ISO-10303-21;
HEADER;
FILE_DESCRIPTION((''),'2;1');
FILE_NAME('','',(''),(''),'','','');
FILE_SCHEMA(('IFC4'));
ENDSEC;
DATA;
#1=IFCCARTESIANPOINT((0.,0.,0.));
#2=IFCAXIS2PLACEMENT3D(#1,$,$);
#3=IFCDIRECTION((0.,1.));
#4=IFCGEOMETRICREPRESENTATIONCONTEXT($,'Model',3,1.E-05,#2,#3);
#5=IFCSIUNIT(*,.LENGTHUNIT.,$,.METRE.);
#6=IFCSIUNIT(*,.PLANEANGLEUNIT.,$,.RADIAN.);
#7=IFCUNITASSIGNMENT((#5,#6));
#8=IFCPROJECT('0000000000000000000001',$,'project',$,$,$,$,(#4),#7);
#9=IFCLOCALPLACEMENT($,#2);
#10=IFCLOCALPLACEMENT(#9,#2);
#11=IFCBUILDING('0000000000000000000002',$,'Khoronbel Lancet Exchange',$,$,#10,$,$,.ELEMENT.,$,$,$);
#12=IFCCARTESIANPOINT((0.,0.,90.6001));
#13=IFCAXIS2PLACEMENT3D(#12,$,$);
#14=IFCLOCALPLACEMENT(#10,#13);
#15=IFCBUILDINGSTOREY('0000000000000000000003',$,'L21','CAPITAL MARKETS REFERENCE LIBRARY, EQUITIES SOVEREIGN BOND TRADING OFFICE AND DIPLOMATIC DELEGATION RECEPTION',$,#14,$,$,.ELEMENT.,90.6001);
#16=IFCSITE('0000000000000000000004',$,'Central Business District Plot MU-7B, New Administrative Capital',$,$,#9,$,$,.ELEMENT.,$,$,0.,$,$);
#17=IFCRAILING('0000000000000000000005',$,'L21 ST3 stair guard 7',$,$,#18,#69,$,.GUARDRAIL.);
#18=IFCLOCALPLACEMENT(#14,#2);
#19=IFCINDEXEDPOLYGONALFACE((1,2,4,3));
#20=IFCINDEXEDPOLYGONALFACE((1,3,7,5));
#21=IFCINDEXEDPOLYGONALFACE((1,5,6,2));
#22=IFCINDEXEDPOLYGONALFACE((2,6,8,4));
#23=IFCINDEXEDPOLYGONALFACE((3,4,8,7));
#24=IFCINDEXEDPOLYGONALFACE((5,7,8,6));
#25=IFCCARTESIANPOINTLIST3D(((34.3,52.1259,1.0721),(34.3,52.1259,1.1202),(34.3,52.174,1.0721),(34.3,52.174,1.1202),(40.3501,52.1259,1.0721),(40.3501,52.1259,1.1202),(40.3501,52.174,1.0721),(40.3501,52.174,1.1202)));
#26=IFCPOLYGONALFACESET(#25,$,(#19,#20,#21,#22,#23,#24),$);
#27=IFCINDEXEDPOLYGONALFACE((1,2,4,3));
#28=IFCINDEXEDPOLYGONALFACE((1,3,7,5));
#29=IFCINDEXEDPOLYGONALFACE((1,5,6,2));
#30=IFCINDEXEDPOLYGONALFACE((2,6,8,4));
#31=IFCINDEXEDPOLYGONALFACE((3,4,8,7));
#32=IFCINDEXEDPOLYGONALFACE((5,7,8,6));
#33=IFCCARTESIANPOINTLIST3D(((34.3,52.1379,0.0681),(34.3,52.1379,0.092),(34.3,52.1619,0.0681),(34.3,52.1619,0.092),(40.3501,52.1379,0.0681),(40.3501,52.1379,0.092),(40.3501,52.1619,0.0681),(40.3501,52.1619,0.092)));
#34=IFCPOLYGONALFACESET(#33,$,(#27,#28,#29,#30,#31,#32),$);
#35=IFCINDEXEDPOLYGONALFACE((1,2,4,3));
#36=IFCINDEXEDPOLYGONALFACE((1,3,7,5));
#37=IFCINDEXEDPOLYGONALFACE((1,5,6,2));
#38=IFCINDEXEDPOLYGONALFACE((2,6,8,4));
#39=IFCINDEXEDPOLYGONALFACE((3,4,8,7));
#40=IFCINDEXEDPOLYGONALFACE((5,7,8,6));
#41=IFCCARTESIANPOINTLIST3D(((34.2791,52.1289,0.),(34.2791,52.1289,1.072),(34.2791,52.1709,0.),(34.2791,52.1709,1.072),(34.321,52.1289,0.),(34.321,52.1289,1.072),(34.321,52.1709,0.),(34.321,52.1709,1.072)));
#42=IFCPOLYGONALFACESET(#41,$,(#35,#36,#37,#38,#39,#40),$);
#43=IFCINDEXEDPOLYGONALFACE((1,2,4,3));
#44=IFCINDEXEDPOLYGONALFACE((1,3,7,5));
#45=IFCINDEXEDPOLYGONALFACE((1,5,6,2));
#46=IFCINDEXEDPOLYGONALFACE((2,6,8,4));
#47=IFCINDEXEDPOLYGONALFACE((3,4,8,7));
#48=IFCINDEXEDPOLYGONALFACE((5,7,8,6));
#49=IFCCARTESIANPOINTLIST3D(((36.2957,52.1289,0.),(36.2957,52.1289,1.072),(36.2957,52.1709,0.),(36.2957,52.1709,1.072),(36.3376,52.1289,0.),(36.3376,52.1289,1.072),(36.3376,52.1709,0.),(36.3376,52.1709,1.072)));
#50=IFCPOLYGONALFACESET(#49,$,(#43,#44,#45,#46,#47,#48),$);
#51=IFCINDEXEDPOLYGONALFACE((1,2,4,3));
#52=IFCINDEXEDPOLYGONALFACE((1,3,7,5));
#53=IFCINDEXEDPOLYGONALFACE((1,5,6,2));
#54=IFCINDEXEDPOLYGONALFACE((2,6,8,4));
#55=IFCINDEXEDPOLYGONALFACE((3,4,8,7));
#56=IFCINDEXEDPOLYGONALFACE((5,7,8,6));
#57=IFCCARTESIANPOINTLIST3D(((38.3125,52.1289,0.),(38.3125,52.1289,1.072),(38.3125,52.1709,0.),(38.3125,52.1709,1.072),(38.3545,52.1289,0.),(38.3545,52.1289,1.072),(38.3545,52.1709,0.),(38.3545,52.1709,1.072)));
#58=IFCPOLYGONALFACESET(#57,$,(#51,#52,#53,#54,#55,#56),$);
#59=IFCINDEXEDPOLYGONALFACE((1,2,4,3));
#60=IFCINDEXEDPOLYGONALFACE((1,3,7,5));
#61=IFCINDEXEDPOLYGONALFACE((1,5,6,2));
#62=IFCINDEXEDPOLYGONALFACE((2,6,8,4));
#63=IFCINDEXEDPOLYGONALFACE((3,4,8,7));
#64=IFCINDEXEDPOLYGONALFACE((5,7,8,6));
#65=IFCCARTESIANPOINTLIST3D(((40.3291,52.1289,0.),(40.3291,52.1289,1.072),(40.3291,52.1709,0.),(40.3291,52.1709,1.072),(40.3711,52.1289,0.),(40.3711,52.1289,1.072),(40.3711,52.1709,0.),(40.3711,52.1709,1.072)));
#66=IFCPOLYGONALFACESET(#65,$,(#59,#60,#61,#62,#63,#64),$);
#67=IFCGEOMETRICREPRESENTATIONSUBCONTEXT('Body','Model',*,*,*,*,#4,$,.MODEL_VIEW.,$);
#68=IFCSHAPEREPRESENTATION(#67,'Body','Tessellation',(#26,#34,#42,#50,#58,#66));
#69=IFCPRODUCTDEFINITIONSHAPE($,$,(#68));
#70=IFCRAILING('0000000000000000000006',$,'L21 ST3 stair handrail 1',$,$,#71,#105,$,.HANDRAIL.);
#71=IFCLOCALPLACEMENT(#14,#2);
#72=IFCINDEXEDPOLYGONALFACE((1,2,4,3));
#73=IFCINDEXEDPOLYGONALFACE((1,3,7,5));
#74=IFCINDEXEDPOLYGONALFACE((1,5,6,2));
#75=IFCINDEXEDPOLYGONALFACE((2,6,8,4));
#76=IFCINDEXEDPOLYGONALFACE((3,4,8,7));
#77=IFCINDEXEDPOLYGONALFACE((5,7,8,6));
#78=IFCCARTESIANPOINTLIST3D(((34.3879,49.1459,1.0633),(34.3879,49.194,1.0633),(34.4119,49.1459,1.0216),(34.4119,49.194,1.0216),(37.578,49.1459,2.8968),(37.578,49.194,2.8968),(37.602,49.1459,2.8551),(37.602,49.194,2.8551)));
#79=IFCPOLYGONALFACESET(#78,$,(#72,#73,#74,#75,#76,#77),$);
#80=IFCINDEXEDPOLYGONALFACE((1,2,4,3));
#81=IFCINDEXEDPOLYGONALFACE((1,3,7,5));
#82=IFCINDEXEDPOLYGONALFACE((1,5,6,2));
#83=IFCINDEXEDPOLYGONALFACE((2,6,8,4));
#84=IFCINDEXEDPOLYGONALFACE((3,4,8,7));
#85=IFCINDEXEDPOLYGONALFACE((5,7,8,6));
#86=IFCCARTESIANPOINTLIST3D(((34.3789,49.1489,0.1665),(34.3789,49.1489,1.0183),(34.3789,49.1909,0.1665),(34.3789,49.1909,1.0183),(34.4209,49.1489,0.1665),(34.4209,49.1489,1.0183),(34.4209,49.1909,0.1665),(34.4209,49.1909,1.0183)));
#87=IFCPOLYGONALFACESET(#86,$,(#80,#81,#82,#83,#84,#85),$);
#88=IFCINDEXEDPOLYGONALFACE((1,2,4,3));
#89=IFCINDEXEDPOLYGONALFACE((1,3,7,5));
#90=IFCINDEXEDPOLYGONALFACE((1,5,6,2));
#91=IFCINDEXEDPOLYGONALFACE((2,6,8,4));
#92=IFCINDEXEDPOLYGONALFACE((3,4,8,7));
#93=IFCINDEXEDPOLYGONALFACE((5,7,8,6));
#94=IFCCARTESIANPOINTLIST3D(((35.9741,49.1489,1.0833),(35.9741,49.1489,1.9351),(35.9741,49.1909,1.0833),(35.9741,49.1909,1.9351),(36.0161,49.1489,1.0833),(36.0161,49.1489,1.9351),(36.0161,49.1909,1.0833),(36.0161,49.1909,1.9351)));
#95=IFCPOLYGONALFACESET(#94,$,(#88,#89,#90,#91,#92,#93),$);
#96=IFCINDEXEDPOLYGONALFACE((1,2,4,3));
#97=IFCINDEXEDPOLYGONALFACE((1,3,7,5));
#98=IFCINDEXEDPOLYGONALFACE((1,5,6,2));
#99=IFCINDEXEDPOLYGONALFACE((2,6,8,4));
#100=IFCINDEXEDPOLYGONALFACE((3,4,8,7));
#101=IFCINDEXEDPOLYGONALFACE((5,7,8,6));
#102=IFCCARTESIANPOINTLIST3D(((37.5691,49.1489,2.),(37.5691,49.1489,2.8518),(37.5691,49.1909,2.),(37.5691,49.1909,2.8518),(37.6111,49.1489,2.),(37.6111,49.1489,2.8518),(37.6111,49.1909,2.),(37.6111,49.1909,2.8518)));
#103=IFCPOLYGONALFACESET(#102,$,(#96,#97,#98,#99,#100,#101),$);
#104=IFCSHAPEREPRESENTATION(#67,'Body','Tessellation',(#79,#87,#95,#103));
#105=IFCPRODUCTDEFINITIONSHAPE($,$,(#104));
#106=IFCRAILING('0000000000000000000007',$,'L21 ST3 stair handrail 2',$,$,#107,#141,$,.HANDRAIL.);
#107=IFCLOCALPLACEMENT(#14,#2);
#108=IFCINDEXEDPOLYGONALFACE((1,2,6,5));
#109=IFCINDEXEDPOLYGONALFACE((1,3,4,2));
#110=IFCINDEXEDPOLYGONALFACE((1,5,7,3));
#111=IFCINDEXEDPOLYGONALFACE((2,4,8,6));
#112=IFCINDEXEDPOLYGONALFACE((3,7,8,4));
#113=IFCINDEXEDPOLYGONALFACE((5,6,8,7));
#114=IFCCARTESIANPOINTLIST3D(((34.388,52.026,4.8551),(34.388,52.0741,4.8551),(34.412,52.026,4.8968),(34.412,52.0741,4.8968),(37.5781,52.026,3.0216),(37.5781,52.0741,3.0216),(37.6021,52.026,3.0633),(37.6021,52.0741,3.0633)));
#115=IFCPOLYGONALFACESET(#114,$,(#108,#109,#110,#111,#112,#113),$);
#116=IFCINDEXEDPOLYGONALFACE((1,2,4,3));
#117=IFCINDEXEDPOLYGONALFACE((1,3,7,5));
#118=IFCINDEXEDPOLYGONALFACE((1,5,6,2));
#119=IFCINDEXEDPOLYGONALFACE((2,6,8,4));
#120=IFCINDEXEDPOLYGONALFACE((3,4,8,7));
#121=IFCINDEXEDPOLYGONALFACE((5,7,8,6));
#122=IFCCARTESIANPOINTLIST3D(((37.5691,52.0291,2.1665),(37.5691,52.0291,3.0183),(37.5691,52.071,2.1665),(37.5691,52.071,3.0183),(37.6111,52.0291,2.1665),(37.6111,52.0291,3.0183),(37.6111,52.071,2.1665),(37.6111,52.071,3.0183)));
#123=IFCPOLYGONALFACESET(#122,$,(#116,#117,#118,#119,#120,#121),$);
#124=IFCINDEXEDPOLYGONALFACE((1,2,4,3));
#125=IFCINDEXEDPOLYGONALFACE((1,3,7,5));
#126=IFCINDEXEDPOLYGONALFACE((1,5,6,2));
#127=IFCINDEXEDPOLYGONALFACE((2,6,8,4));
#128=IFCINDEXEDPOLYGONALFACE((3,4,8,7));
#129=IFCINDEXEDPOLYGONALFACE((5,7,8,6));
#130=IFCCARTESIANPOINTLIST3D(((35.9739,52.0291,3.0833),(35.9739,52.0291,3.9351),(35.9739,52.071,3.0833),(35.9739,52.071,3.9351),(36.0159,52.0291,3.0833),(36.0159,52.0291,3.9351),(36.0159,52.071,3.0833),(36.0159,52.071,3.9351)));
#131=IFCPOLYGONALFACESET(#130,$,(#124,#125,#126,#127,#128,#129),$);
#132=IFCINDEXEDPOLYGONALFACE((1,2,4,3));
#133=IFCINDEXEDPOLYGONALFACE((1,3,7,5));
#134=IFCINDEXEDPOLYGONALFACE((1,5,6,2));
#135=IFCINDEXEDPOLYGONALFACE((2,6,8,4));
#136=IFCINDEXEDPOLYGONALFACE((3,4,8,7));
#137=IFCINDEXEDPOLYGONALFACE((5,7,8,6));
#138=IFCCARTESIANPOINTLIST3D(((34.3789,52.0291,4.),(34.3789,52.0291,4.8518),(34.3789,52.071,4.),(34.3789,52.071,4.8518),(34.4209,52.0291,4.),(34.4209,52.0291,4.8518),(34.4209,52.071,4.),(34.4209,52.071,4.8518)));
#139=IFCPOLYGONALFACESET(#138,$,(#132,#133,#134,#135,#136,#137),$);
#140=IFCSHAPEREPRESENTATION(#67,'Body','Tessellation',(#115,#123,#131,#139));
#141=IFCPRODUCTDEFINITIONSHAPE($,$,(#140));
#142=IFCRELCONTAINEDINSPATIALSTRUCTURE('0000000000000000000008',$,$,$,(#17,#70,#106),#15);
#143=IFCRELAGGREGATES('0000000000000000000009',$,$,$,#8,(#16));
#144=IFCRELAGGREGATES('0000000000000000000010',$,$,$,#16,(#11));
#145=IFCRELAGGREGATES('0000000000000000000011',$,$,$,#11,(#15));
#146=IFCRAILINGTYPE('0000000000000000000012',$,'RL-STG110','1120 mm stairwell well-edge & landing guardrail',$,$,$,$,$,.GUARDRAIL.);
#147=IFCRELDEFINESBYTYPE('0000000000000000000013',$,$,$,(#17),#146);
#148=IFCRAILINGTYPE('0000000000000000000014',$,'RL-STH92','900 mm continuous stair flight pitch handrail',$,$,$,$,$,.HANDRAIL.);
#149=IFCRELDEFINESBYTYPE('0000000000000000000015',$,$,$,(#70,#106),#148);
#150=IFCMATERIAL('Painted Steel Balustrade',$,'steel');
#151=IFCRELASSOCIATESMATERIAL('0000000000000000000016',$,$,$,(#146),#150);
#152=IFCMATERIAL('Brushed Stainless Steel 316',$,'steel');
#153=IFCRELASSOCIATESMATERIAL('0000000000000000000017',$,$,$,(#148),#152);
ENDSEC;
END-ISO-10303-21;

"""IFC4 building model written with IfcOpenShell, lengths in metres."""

from ifc_helpers import new_model, si_unit, direction, frame, origin, origin_2d, place, context, subcontext, project, spatial, rectangle, extrude, material, type_object, element, save


model = new_model("IFC4")

# Units and contexts
model_context = context("Model", 3, precision=1e-05, world=origin(), true_north=direction((0.0, 1.0)))
body_context = subcontext(model_context, "Body", "Model", "MODEL_VIEW")
ifc_project = project(units=[si_unit("LENGTHUNIT", "METRE"), si_unit("PLANEANGLEUNIT", "RADIAN")], contexts=[model_context])

# Site, building, storey
site_placement = place(None, origin())
site = spatial("IfcSite", under=ifc_project, at=site_placement, Name="Central Business District Plot MU-7B, New Administrative Capital", CompositionType="ELEMENT", RefElevation=0.0)
building_placement = place(site_placement, origin())
building = spatial("IfcBuilding", under=site, at=building_placement, Name="Khoronbel Lancet Exchange", CompositionType="ELEMENT")
storey_placement = place(building_placement, frame((0.0, 0.0, 90.6001)))
storey = spatial("IfcBuildingStorey", under=building, at=storey_placement, Name="L21", Description="CAPITAL MARKETS REFERENCE LIBRARY, EQUITIES SOVEREIGN BOND TRADING OFFICE AND DIPLOMATIC DELEGATION RECEPTION", CompositionType="ELEMENT", Elevation=90.6001)

# Railings
ifc_material_1 = material(Name="Painted Steel Balustrade", Category="steel")
railing_type_1 = type_object("IfcRailingType", Name="RL-STG110", Description="1120 mm stairwell well-edge & landing guardrail", PredefinedType="GUARDRAIL", material=ifc_material_1)
railing_1_placement = place(storey_placement, frame((34.3, 52.1499, 0.0)))
element("IfcRailing", 1, at=railing_1_placement, inside=storey, type_object=railing_type_1, Name="L21 ST3 stair guard 7", PredefinedType="GUARDRAIL", context=body_context, shape_type="SweptSolid", body=[
    extrude(rectangle(XDim=0.0481, YDim=0.0481, at=origin_2d()), frame((0.0, 0.0, 1.0962), z_axis=(1.0, 0.0, 0.0), x_axis=(0.0, 1.0, 0.0)), (0.0, 0.0, 1.0), 6.05),
    extrude(rectangle(XDim=0.0239, YDim=0.0239, at=origin_2d()), frame((0.0, 0.0, 0.0801), z_axis=(1.0, 0.0, 0.0), x_axis=(0.0, 1.0, 0.0)), (0.0, 0.0, 1.0), 6.05),
    extrude(rectangle(XDim=0.042, YDim=0.042, at=origin_2d()), origin(), (0.0, 0.0, 1.0), 1.072),
    extrude(rectangle(XDim=0.042, YDim=0.042, at=origin_2d()), frame((2.0166, 0.0, 0.0)), (0.0, 0.0, 1.0), 1.072),
    extrude(rectangle(XDim=0.042, YDim=0.042, at=origin_2d()), frame((4.0334, 0.0, 0.0)), (0.0, 0.0, 1.0), 1.072),
    extrude(rectangle(XDim=0.042, YDim=0.042, at=origin_2d()), frame((6.05, 0.0, 0.0)), (0.0, 0.0, 1.0), 1.072),
])
ifc_material_2 = material(Name="Brushed Stainless Steel 316", Category="steel")
railing_type_2 = type_object("IfcRailingType", Name="RL-STH92", Description="900 mm continuous stair flight pitch handrail", PredefinedType="HANDRAIL", material=ifc_material_2)
railing_2_placement = place(storey_placement, frame((34.3999, 49.1699, 0.1665)))
element("IfcRailing", 2, at=railing_2_placement, inside=storey, type_object=railing_type_2, Name="L21 ST3 stair handrail 1", PredefinedType="HANDRAIL", context=body_context, shape_type="SweptSolid", body=[
    extrude(rectangle(XDim=0.0481, YDim=0.0481, at=origin_2d()), frame((0.0, 0.0, 0.876), z_axis=(0.867007, 0.0, 0.498295), x_axis=(0.0, 1.0, 0.0)), (0.0, 0.0, 1.0), 3.6794),
    extrude(rectangle(XDim=0.042, YDim=0.042, at=origin_2d()), origin(), (0.0, 0.0, 1.0), 0.8518),
    extrude(rectangle(XDim=0.042, YDim=0.042, at=origin_2d()), frame((1.5952, 0.0, 0.9167)), (0.0, 0.0, 1.0), 0.8518),
    extrude(rectangle(XDim=0.042, YDim=0.042, at=origin_2d()), frame((3.1902, 0.0, 1.8335)), (0.0, 0.0, 1.0), 0.8518),
])
railing_3_placement = place(storey_placement, frame((37.5901, 52.05, 2.1665)))
element("IfcRailing", 3, at=railing_3_placement, inside=storey, type_object=railing_type_2, Name="L21 ST3 stair handrail 2", PredefinedType="HANDRAIL", context=body_context, shape_type="SweptSolid", body=[
    extrude(rectangle(XDim=0.0481, YDim=0.0481, at=origin_2d()), frame((0.0, 0.0, 0.876), z_axis=(-0.867007, 0.0, 0.498295), x_axis=(0.0, -1.0, 0.0)), (0.0, 0.0, 1.0), 3.6794),
    extrude(rectangle(XDim=0.042, YDim=0.042, at=origin_2d()), origin(), (0.0, 0.0, 1.0), 0.8518),
    extrude(rectangle(XDim=0.042, YDim=0.042, at=origin_2d()), frame((-1.5952, 0.0, 0.9167)), (0.0, 0.0, 1.0), 0.8518),
    extrude(rectangle(XDim=0.042, YDim=0.042, at=origin_2d()), frame((-3.1902, 0.0, 1.8335)), (0.0, 0.0, 1.0), 0.8518),
])

save(model, "model.ifc")
